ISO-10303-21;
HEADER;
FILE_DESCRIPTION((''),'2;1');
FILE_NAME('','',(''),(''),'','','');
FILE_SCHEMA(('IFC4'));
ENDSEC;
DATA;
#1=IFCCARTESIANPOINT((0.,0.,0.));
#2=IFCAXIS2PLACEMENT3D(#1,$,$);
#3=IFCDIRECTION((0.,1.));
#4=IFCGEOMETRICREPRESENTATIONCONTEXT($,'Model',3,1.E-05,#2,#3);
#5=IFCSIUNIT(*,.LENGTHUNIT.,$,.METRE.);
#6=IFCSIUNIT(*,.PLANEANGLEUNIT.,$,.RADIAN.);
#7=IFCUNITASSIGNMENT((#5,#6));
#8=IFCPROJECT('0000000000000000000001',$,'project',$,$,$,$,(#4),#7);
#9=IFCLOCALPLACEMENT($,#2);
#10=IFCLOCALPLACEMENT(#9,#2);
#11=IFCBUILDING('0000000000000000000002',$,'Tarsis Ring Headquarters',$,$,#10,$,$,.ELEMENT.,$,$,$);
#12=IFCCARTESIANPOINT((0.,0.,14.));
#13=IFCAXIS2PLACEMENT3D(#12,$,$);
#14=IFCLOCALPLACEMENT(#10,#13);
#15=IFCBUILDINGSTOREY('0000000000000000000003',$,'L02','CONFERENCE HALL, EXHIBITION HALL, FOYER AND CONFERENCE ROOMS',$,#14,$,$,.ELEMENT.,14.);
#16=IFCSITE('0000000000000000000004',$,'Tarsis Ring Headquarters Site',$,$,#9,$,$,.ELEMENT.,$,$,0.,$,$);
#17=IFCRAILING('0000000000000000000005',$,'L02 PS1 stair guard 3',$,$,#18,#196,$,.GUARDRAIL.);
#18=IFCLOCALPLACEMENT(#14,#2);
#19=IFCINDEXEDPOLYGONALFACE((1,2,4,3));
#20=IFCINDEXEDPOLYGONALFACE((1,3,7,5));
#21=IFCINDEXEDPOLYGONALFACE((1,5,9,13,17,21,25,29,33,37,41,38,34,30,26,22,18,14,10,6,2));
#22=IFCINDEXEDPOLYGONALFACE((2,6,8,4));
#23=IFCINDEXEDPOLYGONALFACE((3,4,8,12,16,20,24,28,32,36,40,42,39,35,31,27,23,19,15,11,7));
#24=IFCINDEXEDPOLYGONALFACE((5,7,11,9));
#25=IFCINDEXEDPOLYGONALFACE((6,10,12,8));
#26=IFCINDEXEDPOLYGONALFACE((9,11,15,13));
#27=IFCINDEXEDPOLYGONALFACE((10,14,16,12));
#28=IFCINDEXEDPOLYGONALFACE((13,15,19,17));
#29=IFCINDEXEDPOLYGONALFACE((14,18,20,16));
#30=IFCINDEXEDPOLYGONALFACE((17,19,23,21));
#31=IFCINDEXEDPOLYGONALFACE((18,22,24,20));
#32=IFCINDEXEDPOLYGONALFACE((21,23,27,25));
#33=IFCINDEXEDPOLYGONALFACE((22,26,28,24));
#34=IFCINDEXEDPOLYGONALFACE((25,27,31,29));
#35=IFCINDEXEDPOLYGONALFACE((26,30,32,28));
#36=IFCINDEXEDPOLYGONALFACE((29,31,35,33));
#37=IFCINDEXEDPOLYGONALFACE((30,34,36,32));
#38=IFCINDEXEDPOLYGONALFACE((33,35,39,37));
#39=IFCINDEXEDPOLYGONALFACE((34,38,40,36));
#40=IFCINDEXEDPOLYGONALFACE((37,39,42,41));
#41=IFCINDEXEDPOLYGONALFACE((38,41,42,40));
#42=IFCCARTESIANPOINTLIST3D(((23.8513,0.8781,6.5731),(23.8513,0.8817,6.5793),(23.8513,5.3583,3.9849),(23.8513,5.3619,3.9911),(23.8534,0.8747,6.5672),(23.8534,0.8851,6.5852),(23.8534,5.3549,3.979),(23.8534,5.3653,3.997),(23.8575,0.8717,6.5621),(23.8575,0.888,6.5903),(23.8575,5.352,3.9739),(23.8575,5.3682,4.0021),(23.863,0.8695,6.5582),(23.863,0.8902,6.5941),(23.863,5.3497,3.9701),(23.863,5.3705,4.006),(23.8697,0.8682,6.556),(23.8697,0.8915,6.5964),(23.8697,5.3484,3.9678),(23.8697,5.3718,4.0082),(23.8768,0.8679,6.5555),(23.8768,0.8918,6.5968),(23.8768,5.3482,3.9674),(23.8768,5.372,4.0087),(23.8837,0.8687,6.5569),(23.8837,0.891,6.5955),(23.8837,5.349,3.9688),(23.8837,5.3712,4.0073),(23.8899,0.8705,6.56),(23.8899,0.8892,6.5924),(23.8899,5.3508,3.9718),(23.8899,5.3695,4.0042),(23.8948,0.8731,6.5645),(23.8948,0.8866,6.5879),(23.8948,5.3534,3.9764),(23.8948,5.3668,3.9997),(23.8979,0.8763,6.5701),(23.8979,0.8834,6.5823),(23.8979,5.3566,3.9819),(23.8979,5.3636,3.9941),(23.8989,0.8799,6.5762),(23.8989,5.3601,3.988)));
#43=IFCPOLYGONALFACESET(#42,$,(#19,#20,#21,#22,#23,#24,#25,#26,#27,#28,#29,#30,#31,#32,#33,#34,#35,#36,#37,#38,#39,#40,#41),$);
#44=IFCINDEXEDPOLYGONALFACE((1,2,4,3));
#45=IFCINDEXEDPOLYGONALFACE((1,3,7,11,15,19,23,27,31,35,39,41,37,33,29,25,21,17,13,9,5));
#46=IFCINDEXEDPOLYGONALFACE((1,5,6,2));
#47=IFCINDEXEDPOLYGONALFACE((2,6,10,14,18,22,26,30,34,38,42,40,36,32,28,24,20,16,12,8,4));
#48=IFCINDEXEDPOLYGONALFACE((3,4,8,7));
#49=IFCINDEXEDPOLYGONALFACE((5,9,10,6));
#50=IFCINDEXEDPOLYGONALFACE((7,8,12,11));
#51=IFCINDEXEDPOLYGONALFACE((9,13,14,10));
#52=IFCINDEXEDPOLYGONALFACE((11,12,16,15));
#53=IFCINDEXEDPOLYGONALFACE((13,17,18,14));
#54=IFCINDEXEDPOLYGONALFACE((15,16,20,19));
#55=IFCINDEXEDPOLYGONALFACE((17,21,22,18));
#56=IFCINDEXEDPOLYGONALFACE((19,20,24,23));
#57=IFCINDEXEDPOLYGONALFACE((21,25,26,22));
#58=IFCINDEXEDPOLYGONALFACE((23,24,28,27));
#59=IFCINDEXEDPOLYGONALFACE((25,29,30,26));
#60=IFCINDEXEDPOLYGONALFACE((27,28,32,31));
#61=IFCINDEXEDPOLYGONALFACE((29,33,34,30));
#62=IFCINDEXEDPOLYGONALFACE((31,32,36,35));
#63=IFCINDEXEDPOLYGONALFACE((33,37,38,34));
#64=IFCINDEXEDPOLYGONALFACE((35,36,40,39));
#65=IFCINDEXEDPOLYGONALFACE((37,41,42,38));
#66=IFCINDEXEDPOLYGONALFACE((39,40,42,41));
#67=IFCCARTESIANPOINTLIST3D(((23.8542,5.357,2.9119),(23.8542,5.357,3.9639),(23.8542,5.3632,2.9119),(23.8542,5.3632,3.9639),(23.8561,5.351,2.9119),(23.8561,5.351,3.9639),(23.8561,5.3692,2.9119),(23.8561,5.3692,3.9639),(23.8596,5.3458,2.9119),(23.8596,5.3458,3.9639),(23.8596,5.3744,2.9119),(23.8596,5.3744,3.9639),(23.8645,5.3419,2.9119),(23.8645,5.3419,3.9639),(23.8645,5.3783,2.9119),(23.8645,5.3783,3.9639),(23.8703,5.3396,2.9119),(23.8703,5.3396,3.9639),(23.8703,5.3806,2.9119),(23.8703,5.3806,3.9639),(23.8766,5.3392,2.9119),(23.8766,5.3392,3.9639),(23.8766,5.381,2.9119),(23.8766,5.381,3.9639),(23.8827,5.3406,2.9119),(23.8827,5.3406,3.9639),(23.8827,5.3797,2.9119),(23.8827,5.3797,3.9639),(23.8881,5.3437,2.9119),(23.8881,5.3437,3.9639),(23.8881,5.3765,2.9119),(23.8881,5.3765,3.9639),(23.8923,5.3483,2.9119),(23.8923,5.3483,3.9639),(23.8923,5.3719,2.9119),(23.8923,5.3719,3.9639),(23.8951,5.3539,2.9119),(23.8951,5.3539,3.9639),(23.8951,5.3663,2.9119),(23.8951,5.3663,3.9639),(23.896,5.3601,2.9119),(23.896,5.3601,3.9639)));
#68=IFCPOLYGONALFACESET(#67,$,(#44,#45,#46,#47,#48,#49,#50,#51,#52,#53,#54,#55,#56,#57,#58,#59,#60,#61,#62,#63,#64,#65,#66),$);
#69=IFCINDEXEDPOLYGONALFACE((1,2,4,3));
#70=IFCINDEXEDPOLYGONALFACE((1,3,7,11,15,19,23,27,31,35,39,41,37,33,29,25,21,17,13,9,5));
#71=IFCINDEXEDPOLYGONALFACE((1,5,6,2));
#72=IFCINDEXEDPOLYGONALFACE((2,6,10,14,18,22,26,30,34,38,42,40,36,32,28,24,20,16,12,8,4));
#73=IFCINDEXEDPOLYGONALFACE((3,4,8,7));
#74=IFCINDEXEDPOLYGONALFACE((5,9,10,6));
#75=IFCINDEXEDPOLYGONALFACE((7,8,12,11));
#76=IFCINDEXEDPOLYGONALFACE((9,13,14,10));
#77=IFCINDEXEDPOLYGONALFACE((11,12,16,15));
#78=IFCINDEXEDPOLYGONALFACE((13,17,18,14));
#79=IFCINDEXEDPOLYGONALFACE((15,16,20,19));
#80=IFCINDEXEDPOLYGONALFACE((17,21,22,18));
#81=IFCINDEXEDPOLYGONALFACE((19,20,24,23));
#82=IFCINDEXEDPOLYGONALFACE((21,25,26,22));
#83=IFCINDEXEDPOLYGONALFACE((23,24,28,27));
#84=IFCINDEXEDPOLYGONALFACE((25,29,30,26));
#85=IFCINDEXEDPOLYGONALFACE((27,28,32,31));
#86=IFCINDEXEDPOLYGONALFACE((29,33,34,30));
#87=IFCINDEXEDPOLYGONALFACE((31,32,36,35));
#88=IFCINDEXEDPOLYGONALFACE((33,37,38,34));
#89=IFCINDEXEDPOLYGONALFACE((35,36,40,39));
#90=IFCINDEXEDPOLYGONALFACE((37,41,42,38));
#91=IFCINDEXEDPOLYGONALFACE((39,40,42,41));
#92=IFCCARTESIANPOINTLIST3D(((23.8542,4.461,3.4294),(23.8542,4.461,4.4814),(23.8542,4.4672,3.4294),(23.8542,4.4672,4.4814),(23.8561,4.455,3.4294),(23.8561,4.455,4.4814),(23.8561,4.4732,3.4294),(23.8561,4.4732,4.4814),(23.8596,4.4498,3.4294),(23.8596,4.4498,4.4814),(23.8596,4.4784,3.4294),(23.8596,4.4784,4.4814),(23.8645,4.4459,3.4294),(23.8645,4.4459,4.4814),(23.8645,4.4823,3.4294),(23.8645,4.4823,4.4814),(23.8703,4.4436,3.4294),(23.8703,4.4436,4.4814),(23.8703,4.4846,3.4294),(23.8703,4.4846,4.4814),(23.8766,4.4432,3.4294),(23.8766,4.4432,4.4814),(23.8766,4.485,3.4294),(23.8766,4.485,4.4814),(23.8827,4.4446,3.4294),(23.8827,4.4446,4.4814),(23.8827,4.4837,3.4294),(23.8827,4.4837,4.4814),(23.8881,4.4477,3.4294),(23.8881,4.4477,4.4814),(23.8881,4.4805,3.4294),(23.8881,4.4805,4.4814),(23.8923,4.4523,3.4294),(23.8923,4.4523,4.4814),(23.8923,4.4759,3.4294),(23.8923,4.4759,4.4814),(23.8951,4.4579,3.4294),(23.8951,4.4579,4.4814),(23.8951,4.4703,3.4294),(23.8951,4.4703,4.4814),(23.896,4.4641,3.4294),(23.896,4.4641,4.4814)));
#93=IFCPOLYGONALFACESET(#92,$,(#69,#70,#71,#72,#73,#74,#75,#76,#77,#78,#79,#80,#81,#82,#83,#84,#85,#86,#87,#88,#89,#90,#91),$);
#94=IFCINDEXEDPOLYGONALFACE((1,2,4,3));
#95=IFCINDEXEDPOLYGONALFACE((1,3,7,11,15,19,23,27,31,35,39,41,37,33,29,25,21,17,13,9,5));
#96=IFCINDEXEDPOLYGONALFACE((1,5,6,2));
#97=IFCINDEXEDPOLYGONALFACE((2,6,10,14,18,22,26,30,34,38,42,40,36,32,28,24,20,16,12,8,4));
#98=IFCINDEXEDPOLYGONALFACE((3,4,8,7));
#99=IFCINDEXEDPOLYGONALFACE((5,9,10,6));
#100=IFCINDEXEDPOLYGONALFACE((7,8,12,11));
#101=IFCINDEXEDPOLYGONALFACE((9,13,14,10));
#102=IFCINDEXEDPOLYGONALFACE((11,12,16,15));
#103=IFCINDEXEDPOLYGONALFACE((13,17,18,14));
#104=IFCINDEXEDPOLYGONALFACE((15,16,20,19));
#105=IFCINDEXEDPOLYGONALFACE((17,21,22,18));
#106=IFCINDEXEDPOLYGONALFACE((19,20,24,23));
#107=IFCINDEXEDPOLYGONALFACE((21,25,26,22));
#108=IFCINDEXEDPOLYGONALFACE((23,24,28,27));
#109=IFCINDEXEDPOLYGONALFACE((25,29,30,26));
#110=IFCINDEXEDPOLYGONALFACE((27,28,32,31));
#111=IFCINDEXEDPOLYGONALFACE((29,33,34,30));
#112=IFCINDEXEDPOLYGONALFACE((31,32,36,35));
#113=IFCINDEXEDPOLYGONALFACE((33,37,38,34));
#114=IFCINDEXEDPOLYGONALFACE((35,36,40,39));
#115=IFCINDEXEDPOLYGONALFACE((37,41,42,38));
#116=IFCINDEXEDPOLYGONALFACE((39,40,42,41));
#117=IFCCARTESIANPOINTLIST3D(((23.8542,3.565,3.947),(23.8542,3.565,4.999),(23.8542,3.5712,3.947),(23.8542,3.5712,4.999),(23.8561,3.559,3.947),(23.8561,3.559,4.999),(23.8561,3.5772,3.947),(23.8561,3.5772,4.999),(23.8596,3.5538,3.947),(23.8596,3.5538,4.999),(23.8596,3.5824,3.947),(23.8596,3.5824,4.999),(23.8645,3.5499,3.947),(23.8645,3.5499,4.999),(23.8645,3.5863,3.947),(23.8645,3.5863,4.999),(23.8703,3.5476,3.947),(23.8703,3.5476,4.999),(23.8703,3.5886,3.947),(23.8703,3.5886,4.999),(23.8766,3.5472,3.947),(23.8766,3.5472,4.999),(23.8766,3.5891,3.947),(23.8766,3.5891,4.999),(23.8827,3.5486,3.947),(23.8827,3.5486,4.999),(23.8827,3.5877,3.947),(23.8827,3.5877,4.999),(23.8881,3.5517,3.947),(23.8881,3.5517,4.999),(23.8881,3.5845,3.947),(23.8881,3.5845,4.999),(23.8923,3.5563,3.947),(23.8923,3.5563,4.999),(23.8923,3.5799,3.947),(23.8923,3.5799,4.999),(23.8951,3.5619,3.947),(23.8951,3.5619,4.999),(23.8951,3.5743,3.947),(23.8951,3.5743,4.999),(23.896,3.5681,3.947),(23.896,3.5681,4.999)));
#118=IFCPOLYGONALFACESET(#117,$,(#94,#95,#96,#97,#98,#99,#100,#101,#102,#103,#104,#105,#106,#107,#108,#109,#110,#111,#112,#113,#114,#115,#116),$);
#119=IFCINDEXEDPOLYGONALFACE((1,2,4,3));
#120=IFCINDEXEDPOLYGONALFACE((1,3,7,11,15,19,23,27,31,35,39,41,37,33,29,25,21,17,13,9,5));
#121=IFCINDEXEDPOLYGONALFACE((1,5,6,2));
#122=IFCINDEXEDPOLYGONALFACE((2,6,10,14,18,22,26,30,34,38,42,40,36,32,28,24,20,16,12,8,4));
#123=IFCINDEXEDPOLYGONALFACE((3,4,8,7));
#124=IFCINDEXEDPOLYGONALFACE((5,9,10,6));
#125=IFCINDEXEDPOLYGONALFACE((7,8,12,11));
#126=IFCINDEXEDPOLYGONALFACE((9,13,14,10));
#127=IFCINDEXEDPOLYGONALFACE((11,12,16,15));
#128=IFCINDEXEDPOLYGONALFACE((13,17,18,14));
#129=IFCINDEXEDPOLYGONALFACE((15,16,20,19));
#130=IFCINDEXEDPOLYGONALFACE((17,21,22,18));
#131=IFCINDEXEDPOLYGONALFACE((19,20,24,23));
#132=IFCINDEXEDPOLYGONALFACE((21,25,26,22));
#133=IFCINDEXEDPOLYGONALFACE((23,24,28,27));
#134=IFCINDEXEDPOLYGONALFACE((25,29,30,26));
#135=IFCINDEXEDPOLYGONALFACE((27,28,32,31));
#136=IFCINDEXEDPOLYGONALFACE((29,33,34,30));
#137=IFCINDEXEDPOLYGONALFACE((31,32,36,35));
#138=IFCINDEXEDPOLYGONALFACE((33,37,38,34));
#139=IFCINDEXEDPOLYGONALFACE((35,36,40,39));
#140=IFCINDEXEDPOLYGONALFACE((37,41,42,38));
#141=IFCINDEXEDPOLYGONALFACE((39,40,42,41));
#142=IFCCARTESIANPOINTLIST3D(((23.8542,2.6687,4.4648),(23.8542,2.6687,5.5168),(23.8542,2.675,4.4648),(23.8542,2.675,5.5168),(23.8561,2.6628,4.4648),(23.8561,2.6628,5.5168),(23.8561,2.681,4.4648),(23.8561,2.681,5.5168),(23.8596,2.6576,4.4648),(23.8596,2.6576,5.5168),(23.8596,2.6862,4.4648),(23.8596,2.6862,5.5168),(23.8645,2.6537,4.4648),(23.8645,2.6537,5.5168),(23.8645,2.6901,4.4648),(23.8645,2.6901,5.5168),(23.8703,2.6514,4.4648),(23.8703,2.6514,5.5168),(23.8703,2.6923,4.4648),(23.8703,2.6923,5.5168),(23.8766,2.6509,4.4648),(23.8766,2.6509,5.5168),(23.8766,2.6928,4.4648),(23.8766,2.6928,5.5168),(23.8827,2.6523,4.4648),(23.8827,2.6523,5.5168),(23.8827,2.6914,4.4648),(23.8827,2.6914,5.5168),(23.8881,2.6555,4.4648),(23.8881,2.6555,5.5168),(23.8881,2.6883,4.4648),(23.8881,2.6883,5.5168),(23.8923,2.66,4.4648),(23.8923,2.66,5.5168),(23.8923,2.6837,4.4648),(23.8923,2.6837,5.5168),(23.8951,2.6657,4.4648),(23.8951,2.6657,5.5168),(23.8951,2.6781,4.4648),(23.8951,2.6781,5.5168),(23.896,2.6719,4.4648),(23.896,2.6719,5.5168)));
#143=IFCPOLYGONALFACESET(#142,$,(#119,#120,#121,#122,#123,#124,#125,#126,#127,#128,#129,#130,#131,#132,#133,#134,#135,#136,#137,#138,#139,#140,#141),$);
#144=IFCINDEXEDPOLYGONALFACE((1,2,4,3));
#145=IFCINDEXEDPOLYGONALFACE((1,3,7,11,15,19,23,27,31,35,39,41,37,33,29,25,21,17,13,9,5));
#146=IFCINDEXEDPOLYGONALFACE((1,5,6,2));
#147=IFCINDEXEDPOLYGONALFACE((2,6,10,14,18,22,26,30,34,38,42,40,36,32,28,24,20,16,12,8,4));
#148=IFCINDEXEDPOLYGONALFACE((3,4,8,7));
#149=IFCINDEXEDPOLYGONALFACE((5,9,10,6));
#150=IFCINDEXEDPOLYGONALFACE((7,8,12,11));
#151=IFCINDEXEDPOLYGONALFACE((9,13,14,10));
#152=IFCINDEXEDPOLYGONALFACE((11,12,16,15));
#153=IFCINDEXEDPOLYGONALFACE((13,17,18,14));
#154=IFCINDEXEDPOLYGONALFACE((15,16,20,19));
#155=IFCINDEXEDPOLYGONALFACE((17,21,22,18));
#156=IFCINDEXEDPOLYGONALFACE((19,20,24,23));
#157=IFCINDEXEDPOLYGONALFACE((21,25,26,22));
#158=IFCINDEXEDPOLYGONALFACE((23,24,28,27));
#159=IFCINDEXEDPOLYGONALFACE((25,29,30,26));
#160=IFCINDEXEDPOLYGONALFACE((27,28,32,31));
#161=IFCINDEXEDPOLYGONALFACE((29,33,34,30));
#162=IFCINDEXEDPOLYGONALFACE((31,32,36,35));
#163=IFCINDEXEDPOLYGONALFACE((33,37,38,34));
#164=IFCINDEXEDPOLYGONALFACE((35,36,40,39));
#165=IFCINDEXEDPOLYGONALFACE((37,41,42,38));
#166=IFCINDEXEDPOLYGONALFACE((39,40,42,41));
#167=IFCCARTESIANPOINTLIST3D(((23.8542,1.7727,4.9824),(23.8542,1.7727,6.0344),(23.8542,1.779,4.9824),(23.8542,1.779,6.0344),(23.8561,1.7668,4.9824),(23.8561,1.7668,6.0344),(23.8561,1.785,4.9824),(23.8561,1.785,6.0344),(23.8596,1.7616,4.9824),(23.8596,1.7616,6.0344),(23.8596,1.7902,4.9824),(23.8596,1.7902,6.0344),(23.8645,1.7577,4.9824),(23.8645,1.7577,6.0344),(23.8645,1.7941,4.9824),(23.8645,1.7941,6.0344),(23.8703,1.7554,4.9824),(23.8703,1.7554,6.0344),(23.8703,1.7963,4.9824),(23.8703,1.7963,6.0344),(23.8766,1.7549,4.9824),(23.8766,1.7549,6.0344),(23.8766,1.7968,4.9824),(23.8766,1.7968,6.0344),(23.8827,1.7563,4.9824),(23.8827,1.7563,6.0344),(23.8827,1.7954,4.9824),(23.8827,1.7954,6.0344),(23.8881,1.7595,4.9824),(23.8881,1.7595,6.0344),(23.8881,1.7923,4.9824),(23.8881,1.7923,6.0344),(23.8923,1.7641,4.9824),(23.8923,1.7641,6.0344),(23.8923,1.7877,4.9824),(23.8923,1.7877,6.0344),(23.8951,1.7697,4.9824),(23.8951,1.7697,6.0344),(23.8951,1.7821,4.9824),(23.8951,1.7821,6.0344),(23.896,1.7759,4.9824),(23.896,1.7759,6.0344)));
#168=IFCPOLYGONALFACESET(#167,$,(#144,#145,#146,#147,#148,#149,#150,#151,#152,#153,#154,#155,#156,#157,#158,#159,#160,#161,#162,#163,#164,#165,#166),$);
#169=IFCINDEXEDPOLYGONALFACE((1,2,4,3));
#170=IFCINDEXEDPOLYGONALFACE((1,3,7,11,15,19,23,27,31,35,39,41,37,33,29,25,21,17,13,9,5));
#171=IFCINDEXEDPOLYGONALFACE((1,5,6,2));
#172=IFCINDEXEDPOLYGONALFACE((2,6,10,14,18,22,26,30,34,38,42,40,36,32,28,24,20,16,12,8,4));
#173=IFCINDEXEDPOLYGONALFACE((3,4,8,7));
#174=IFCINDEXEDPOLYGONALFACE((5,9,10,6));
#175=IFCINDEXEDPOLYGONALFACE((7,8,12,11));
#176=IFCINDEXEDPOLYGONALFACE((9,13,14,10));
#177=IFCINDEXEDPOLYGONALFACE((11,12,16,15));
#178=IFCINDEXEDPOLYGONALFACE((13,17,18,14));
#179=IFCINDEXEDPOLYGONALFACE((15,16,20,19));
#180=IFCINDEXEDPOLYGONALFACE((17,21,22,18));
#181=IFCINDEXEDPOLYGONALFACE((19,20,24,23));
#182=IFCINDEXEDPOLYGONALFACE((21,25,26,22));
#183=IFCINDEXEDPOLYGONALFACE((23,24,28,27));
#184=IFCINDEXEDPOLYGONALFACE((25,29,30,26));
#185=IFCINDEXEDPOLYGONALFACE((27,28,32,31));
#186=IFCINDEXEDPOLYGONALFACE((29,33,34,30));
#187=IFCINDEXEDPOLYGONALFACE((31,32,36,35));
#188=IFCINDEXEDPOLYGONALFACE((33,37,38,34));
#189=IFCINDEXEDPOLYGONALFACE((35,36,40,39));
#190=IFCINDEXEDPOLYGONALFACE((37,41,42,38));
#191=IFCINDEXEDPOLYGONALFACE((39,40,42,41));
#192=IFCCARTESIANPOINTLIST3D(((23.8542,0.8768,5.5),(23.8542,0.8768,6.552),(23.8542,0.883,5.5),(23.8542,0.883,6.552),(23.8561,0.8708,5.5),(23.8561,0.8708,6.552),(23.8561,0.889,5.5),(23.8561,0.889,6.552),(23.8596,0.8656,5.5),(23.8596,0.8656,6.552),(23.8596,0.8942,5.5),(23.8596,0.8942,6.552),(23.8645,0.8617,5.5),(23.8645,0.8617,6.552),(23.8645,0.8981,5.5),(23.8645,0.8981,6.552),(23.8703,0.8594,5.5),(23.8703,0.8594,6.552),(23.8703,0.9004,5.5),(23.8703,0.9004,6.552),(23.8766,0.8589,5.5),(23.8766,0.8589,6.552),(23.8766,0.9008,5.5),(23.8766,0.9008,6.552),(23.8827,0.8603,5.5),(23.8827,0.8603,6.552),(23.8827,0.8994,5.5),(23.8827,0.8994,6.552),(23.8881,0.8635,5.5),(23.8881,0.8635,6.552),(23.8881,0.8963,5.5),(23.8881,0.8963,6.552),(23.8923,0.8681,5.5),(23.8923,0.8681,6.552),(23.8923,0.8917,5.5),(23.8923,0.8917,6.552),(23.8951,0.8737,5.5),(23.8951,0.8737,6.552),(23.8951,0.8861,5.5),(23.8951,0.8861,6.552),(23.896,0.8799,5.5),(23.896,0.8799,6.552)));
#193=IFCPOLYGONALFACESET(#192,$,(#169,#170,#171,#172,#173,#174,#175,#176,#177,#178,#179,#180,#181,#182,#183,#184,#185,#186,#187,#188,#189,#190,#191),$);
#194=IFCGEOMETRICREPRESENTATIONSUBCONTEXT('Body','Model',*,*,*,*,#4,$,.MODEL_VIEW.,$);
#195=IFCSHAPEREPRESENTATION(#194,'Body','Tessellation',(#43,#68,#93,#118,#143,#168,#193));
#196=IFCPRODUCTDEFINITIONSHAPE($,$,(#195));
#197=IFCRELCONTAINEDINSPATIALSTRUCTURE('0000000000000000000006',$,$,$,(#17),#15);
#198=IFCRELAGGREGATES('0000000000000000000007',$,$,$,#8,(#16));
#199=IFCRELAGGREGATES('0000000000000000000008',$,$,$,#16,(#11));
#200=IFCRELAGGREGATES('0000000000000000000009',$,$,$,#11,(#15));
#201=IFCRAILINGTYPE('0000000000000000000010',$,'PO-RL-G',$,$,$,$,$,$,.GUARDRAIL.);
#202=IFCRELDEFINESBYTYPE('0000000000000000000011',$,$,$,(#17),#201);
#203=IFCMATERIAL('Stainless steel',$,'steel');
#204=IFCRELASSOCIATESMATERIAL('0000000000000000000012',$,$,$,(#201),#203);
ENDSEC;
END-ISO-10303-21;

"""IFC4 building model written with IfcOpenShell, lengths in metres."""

from ifc_helpers import new_model, si_unit, direction, frame, origin, origin_2d, place, context, subcontext, project, spatial, circle, extrude, material, type_object, element, save


model = new_model("IFC4")

# Units and contexts
model_context = context("Model", 3, precision=1e-05, world=origin(), true_north=direction((0.0, 1.0)))
body_context = subcontext(model_context, "Body", "Model", "MODEL_VIEW")
ifc_project = project(units=[si_unit("LENGTHUNIT", "METRE"), si_unit("PLANEANGLEUNIT", "RADIAN")], contexts=[model_context])

# Site, building, storey
site_placement = place(None, origin())
site = spatial("IfcSite", under=ifc_project, at=site_placement, Name="Tarsis Ring Headquarters Site", CompositionType="ELEMENT", RefElevation=0.0)
building_placement = place(site_placement, origin())
building = spatial("IfcBuilding", under=site, at=building_placement, Name="Tarsis Ring Headquarters", CompositionType="ELEMENT")
storey_placement = place(building_placement, frame((0.0, 0.0, 14.0)))
storey = spatial("IfcBuildingStorey", under=building, at=storey_placement, Name="L02", Description="CONFERENCE HALL, EXHIBITION HALL, FOYER AND CONFERENCE ROOMS", CompositionType="ELEMENT", Elevation=14.0)

# Railing
ifc_material_1 = material(Name="Stainless steel", Category="steel")
railing_type_1 = type_object("IfcRailingType", Name="PO-RL-G", PredefinedType="GUARDRAIL", material=ifc_material_1)
railing_1_placement = place(storey_placement, frame((23.875, 5.3601, 2.9119)))
element("IfcRailing", 1, at=railing_1_placement, inside=storey, type_object=railing_type_1, Name="L02 PS1 stair guard 3", PredefinedType="GUARDRAIL", context=body_context, shape_type="SweptSolid", body=[
    extrude(circle(Radius=0.0239, at=origin_2d()), frame((0.0, 0.0, 1.0762), z_axis=(0.0, -0.865902, 0.500214), x_axis=(1.0, 0.0, 0.0)), (0.0, 0.0, 1.0), 5.1741),
    extrude(circle(Radius=0.021, at=origin_2d()), origin(), (0.0, 0.0, 1.0), 1.052),
    extrude(circle(Radius=0.021, at=origin_2d()), frame((0.0, -0.896, 0.5176)), (0.0, 0.0, 1.0), 1.052),
    extrude(circle(Radius=0.021, at=origin_2d()), frame((0.0, -1.792, 1.0352)), (0.0, 0.0, 1.0), 1.052),
    extrude(circle(Radius=0.021, at=origin_2d()), frame((0.0, -2.6882, 1.553)), (0.0, 0.0, 1.0), 1.052),
    extrude(circle(Radius=0.021, at=origin_2d()), frame((0.0, -3.5842, 2.0706)), (0.0, 0.0, 1.0), 1.052),
    extrude(circle(Radius=0.021, at=origin_2d()), frame((0.0, -4.4802, 2.5881)), (0.0, 0.0, 1.0), 1.052),
])

save(model, "model.ifc")
